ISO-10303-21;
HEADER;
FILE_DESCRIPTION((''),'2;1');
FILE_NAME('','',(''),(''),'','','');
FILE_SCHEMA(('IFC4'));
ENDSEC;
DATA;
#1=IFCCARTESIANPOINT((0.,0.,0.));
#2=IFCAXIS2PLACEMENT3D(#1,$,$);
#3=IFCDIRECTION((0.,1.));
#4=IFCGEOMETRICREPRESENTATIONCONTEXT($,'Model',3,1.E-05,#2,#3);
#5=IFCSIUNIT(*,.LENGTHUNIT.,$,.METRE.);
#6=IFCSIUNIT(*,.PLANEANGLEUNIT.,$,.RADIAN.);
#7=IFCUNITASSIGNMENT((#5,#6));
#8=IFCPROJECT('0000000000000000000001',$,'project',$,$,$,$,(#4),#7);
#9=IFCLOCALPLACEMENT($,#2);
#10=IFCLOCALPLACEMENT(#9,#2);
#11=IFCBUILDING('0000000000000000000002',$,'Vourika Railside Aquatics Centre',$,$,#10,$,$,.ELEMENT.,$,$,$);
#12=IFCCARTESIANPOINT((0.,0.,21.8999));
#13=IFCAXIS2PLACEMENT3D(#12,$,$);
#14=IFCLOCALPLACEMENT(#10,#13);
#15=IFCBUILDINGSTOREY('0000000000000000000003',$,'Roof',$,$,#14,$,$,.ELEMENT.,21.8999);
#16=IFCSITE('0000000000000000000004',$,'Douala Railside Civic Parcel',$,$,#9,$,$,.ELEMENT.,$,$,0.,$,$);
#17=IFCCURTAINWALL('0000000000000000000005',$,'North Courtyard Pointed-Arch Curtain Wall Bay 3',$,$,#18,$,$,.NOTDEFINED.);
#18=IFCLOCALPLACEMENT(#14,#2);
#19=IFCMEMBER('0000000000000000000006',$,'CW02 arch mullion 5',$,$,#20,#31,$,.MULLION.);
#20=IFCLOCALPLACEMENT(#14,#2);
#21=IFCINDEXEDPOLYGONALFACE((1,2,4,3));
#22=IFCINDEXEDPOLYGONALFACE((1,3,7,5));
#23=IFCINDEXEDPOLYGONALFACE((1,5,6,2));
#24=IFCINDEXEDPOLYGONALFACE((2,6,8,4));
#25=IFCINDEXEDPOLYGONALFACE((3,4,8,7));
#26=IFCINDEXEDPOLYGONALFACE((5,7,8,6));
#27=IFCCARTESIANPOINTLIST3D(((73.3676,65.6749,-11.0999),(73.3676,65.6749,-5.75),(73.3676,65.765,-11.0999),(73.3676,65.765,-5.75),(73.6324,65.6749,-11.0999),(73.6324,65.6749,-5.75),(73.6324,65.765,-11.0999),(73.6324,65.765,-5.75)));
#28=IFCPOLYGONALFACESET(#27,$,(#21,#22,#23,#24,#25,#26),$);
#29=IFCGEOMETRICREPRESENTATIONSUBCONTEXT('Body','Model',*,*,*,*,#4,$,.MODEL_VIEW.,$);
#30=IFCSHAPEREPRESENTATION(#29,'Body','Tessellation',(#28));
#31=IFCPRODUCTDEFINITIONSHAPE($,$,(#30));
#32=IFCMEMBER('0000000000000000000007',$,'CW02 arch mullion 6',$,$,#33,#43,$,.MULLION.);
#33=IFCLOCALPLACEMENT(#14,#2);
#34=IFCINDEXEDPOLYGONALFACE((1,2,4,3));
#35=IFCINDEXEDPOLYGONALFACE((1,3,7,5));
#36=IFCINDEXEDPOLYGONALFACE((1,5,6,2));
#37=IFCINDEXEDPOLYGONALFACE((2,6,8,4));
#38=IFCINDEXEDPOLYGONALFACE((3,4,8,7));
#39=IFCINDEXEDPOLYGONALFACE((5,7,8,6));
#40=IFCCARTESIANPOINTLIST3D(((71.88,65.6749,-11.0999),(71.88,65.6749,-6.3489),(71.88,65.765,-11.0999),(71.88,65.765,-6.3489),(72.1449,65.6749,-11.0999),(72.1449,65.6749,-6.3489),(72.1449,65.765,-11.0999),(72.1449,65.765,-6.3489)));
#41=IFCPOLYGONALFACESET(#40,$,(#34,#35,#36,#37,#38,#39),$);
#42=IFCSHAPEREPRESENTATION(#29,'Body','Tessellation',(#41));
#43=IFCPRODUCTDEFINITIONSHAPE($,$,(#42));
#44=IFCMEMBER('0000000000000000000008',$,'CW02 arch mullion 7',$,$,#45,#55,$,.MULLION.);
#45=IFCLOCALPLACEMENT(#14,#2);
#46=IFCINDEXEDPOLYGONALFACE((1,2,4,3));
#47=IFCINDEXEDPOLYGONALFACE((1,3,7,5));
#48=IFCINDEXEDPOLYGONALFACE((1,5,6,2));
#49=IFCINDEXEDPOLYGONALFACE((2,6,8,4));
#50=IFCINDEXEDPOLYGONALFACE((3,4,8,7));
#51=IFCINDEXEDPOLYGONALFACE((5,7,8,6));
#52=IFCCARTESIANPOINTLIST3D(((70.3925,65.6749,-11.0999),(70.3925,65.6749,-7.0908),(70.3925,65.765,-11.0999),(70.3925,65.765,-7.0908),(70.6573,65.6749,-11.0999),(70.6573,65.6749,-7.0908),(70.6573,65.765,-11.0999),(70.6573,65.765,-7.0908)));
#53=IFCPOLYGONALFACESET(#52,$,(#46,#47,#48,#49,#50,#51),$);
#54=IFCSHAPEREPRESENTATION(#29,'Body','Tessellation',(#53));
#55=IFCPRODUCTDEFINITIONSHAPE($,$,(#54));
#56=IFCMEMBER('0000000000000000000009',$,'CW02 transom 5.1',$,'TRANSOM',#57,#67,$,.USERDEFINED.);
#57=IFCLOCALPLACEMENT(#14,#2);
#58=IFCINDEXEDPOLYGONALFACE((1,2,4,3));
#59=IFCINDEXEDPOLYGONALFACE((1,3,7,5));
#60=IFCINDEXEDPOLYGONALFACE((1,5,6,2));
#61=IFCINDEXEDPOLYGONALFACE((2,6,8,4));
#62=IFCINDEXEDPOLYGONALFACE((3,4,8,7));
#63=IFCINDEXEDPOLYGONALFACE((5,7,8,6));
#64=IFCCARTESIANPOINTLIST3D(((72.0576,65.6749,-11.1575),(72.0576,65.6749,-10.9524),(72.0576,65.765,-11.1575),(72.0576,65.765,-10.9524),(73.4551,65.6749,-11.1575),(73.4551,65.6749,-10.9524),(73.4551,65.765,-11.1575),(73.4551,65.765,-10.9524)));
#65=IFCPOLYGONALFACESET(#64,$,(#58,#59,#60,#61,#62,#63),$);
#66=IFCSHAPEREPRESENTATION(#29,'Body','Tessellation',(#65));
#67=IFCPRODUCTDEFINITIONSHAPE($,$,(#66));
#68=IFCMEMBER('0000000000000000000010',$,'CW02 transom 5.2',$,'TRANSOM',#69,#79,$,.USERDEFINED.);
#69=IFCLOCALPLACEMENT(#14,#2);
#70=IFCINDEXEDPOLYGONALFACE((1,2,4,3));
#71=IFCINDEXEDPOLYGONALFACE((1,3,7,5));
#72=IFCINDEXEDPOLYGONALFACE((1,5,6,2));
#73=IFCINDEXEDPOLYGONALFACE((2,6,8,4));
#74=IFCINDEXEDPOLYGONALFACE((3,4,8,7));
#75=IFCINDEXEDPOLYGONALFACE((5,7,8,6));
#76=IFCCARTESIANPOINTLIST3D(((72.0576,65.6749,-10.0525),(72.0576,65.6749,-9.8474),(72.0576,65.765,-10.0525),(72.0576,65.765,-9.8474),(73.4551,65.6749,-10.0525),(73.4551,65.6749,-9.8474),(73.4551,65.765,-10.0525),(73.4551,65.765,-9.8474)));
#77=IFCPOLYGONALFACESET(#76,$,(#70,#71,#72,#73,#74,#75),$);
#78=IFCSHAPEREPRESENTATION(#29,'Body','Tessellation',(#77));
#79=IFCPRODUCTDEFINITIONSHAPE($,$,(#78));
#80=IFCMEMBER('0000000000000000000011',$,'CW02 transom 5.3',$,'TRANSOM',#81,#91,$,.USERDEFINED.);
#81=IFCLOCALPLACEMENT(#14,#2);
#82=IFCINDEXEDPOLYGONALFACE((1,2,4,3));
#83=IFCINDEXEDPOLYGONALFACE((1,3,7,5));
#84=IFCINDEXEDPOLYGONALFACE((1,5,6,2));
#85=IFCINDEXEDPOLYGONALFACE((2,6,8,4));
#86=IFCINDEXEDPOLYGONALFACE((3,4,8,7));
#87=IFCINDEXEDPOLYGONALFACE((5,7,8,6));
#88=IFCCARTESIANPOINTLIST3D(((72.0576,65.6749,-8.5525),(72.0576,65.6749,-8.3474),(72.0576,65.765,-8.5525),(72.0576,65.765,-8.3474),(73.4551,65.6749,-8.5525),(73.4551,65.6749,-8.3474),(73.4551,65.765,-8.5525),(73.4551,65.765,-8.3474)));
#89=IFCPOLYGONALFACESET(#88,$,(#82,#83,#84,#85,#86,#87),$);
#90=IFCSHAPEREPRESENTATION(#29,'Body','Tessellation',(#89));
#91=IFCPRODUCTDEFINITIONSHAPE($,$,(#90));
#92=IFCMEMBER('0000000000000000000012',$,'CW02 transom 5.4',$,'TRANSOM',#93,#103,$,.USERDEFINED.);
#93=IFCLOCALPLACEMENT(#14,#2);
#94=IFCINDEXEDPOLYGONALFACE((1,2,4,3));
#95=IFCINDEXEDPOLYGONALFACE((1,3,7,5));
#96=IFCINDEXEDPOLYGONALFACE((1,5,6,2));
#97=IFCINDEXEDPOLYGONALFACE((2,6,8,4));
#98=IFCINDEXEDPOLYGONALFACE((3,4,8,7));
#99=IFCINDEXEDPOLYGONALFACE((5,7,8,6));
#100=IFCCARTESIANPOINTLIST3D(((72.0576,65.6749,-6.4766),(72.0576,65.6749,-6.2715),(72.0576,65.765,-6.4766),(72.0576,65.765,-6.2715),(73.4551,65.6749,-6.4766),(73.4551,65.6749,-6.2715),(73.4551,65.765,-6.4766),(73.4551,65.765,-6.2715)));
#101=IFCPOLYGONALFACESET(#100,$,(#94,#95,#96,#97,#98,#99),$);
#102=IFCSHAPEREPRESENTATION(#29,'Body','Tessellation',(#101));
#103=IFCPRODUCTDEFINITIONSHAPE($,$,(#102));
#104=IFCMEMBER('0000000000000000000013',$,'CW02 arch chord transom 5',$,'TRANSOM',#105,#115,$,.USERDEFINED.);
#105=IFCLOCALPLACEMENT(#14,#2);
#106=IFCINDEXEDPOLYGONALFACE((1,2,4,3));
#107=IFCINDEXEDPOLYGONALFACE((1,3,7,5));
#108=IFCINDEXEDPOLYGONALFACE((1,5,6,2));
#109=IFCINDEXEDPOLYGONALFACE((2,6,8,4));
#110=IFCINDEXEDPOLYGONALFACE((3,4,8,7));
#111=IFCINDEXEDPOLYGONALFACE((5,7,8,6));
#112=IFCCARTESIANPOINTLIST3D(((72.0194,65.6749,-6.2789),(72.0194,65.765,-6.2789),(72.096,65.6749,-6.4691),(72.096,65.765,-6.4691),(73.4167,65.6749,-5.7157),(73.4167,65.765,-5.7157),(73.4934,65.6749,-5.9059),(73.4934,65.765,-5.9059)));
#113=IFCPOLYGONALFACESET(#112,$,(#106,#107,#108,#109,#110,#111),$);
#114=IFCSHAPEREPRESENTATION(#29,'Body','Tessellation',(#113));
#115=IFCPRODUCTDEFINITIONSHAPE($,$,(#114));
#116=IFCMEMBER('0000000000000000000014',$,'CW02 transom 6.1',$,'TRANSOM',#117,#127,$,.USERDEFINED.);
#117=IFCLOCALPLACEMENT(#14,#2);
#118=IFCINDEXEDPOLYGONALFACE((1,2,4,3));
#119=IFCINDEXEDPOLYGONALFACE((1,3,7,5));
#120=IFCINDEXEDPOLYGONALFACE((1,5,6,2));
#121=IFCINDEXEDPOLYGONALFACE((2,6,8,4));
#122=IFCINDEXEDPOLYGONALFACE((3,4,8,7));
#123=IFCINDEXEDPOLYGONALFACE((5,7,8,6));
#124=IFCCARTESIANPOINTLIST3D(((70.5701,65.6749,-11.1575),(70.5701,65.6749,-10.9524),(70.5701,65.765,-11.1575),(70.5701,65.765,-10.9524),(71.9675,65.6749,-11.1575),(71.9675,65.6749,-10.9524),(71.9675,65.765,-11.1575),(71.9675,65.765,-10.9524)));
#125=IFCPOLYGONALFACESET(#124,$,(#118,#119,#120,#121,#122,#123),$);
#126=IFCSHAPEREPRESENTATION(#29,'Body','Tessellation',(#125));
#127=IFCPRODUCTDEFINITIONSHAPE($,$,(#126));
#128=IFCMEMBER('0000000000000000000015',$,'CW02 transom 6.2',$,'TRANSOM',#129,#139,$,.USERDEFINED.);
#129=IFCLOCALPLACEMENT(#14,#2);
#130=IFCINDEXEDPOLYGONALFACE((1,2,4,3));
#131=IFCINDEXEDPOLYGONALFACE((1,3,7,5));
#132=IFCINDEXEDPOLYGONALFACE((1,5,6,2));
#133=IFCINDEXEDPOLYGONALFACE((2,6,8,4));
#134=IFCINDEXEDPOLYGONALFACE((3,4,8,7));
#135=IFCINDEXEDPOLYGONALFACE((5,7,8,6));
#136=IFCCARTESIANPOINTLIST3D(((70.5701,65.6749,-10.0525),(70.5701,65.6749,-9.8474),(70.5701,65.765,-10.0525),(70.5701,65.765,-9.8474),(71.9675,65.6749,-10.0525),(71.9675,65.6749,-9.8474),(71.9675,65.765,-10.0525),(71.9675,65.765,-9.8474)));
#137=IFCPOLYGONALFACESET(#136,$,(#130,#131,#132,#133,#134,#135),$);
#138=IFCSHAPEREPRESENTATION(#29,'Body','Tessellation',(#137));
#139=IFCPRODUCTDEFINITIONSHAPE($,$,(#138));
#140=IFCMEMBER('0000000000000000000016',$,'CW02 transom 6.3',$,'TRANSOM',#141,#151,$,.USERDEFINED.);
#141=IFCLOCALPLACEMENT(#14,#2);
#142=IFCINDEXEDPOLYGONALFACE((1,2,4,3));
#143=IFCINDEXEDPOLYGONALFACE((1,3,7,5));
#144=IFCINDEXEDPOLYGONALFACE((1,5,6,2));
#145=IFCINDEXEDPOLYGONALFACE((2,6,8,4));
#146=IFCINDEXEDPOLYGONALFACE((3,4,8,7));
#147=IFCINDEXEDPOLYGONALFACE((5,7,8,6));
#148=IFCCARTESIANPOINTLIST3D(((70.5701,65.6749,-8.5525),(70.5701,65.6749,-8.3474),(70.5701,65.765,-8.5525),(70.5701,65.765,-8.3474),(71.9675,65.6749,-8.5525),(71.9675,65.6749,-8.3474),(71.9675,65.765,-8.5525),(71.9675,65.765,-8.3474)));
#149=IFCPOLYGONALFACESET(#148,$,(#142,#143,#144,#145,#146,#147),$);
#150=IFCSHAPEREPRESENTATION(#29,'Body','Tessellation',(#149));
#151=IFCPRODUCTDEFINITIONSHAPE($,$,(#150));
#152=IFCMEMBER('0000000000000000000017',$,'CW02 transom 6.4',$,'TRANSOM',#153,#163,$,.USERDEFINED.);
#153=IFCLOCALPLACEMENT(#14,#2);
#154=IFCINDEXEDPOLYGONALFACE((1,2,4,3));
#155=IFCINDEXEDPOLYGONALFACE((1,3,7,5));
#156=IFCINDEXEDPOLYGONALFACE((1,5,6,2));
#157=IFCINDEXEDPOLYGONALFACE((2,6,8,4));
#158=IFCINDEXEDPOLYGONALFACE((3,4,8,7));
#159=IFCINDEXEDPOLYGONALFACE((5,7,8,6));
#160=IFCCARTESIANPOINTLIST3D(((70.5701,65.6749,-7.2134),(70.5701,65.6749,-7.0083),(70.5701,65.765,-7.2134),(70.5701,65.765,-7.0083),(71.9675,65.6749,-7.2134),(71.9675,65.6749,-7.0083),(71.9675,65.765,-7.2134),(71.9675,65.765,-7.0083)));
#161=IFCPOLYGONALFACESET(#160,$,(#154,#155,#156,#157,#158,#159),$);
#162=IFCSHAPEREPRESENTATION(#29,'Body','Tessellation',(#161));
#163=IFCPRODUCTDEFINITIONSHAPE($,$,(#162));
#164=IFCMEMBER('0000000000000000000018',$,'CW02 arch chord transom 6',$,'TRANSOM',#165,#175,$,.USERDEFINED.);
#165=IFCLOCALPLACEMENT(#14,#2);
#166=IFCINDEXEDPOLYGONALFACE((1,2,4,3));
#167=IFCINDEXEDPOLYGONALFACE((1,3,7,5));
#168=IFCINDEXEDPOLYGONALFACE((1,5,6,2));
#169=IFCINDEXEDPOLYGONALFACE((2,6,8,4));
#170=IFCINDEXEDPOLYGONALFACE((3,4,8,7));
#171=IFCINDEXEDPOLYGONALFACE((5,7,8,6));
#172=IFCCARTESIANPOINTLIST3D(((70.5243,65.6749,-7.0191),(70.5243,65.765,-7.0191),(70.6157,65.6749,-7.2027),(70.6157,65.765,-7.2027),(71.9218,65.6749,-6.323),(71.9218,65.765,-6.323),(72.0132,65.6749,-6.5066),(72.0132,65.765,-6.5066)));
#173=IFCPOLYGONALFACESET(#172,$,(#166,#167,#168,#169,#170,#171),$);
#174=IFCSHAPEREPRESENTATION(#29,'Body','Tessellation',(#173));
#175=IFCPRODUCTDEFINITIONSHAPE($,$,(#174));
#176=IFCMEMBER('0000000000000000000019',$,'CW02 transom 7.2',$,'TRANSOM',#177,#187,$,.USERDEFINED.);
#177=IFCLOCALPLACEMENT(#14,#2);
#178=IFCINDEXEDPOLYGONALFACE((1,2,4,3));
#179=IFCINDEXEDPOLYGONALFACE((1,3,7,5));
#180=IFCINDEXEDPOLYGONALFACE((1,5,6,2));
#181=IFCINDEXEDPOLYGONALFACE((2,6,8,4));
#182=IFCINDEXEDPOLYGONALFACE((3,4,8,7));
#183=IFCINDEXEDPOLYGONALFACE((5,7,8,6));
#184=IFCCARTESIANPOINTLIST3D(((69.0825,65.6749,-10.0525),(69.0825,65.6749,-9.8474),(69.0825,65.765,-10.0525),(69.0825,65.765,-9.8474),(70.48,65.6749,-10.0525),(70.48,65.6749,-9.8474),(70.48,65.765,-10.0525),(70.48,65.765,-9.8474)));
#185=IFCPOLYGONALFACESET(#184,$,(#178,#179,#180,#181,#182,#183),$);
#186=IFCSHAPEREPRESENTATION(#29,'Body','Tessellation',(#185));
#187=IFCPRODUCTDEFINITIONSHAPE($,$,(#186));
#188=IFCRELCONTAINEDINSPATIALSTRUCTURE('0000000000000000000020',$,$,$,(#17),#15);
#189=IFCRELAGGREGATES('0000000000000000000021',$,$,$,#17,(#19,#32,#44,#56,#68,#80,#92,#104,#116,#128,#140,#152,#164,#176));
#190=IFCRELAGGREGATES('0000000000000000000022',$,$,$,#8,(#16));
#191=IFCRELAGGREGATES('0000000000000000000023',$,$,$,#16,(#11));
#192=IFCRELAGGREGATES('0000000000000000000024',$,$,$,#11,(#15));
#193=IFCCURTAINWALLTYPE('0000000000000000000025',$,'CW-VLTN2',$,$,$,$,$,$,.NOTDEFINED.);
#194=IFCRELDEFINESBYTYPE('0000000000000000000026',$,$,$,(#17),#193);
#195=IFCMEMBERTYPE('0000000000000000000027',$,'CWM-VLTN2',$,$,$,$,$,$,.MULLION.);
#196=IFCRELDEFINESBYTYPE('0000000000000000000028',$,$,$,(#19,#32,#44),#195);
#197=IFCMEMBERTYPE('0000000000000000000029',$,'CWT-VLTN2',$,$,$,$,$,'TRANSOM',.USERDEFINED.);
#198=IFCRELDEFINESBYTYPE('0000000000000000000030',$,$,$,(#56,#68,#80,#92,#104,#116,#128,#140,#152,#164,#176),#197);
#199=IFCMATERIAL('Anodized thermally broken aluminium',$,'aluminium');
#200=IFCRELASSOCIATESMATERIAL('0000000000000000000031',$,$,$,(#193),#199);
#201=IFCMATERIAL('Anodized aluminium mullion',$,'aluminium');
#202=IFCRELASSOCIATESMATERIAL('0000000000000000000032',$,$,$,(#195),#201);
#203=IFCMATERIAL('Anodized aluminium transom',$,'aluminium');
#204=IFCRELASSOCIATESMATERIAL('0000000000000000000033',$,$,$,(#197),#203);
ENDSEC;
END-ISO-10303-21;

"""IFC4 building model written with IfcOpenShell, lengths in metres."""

from ifc_helpers import new_model, si_unit, direction, frame, origin, origin_2d, place, context, subcontext, project, spatial, rectangle, extrude, material, material_profile, profile_set, type_object, element, aggregate, save


model = new_model("IFC4")

# Units and contexts
model_context = context("Model", 3, precision=1e-05, world=origin(), true_north=direction((0.0, 1.0)))
body_context = subcontext(model_context, "Body", "Model", "MODEL_VIEW")
ifc_project = project(units=[si_unit("LENGTHUNIT", "METRE"), si_unit("PLANEANGLEUNIT", "RADIAN")], contexts=[model_context])

# Site, building, storey
site_placement = place(None, origin())
site = spatial("IfcSite", under=ifc_project, at=site_placement, Name="Douala Railside Civic Parcel", CompositionType="ELEMENT", RefElevation=0.0)
building_placement = place(site_placement, origin())
building = spatial("IfcBuilding", under=site, at=building_placement, Name="Vourika Railside Aquatics Centre", CompositionType="ELEMENT")
storey_placement = place(building_placement, frame((0.0, 0.0, 21.8999)))
storey = spatial("IfcBuildingStorey", under=building, at=storey_placement, Name="Roof", CompositionType="ELEMENT", Elevation=21.8999)

# Curtain wall, members
ifc_material_1 = material(Name="Anodized thermally broken aluminium", Category="aluminium")
curtain_wall_type = type_object("IfcCurtainWallType", Name="CW-VLTN2", PredefinedType="NOTDEFINED", material=ifc_material_1)
curtain_wall_placement = place(storey_placement, origin())
curtain_wall = element("IfcCurtainWall", 1, at=curtain_wall_placement, inside=storey, type_object=curtain_wall_type, Name="North Courtyard Pointed-Arch Curtain Wall Bay 3", PredefinedType="NOTDEFINED")
ifc_material_2 = material(Name="Anodized aluminium mullion", Category="aluminium")
ifc_material_profile_1 = material_profile(ifc_material_2, rectangle(XDim=0.0901, YDim=0.2649, at=origin_2d()), Name="ALU-M 90x265")
ifc_profile_set_1 = profile_set([ifc_material_profile_1], Name="Anodized aluminium mullion")
member_type_1 = type_object("IfcMemberType", Name="CWM-VLTN2", PredefinedType="MULLION", material=ifc_profile_set_1)
member_1_placement = place(storey_placement, frame((73.5, 65.72, -11.0999), z_axis=(0.0, 0.0, 1.0), x_axis=(0.0, -1.0, 0.0)))
member_1 = element("IfcMember", 2, at=member_1_placement, type_object=member_type_1, Name="CW02 arch mullion 5", PredefinedType="MULLION", context=body_context, shape_type="SweptSolid", body=[
    extrude(rectangle(XDim=0.0901, YDim=0.2649, at=origin_2d()), origin(), (0.0, 0.0, 1.0), 5.3499),
])
member_2_placement = place(storey_placement, frame((72.0125, 65.72, -11.0999), z_axis=(0.0, 0.0, 1.0), x_axis=(0.0, -1.0, 0.0)))
member_2 = element("IfcMember", 3, at=member_2_placement, type_object=member_type_1, Name="CW02 arch mullion 6", PredefinedType="MULLION", context=body_context, shape_type="SweptSolid", body=[
    extrude(rectangle(XDim=0.0901, YDim=0.2649, at=origin_2d()), origin(), (0.0, 0.0, 1.0), 4.751),
])
member_3_placement = place(storey_placement, frame((70.5249, 65.72, -11.0999), z_axis=(0.0, 0.0, 1.0), x_axis=(0.0, -1.0, 0.0)))
member_3 = element("IfcMember", 4, at=member_3_placement, type_object=member_type_1, Name="CW02 arch mullion 7", PredefinedType="MULLION", context=body_context, shape_type="SweptSolid", body=[
    extrude(rectangle(XDim=0.0901, YDim=0.2649, at=origin_2d()), origin(), (0.0, 0.0, 1.0), 4.009),
])
ifc_material_3 = material(Name="Anodized aluminium transom", Category="aluminium")
ifc_material_profile_2 = material_profile(ifc_material_3, rectangle(XDim=0.0901, YDim=0.2051, at=origin_2d()), Name="ALU-T 90x205")
ifc_profile_set_2 = profile_set([ifc_material_profile_2], Name="Anodized aluminium transom")
member_type_2 = type_object("IfcMemberType", Name="CWT-VLTN2", ElementType="TRANSOM", PredefinedType="USERDEFINED", material=ifc_profile_set_2)
member_4_placement = place(storey_placement, frame((73.4551, 65.72, -11.0549), z_axis=(-1.0, 0.0, 0.0), x_axis=(0.0, -1.0, 0.0)))
member_4 = element("IfcMember", 5, at=member_4_placement, type_object=member_type_2, Name="CW02 transom 5.1", ObjectType="TRANSOM", PredefinedType="USERDEFINED", context=body_context, shape_type="SweptSolid", body=[
    extrude(rectangle(XDim=0.0901, YDim=0.2051, at=origin_2d()), origin(), (0.0, 0.0, 1.0), 1.3975),
])
member_5_placement = place(storey_placement, frame((73.4551, 65.72, -9.95), z_axis=(-1.0, 0.0, 0.0), x_axis=(0.0, -1.0, 0.0)))
member_5 = element("IfcMember", 6, at=member_5_placement, type_object=member_type_2, Name="CW02 transom 5.2", ObjectType="TRANSOM", PredefinedType="USERDEFINED", context=body_context, shape_type="SweptSolid", body=[
    extrude(rectangle(XDim=0.0901, YDim=0.2051, at=origin_2d()), origin(), (0.0, 0.0, 1.0), 1.3975),
])
member_6_placement = place(storey_placement, frame((73.4551, 65.72, -8.45), z_axis=(-1.0, 0.0, 0.0), x_axis=(0.0, -1.0, 0.0)))
member_6 = element("IfcMember", 7, at=member_6_placement, type_object=member_type_2, Name="CW02 transom 5.3", ObjectType="TRANSOM", PredefinedType="USERDEFINED", context=body_context, shape_type="SweptSolid", body=[
    extrude(rectangle(XDim=0.0901, YDim=0.2051, at=origin_2d()), origin(), (0.0, 0.0, 1.0), 1.3975),
])
member_7_placement = place(storey_placement, frame((73.4551, 65.72, -6.374), z_axis=(-1.0, 0.0, 0.0), x_axis=(0.0, -1.0, 0.0)))
member_7 = element("IfcMember", 8, at=member_7_placement, type_object=member_type_2, Name="CW02 transom 5.4", ObjectType="TRANSOM", PredefinedType="USERDEFINED", context=body_context, shape_type="SweptSolid", body=[
    extrude(rectangle(XDim=0.0901, YDim=0.2051, at=origin_2d()), origin(), (0.0, 0.0, 1.0), 1.3975),
])
member_8_placement = place(storey_placement, frame((73.4551, 65.72, -5.8108), z_axis=(-0.927501, 0.0, -0.37382), x_axis=(0.0, -1.0, 0.0)))
member_8 = element("IfcMember", 9, at=member_8_placement, type_object=member_type_2, Name="CW02 arch chord transom 5", ObjectType="TRANSOM", PredefinedType="USERDEFINED", context=body_context, shape_type="SweptSolid", body=[
    extrude(rectangle(XDim=0.0901, YDim=0.2051, at=origin_2d()), origin(), (0.0, 0.0, 1.0), 1.5066),
])
member_9_placement = place(storey_placement, frame((71.9675, 65.72, -11.0549), z_axis=(-1.0, 0.0, 0.0), x_axis=(0.0, -1.0, 0.0)))
member_9 = element("IfcMember", 10, at=member_9_placement, type_object=member_type_2, Name="CW02 transom 6.1", ObjectType="TRANSOM", PredefinedType="USERDEFINED", context=body_context, shape_type="SweptSolid", body=[
    extrude(rectangle(XDim=0.0901, YDim=0.2051, at=origin_2d()), origin(), (0.0, 0.0, 1.0), 1.3975),
])
member_10_placement = place(storey_placement, frame((71.9675, 65.72, -9.95), z_axis=(-1.0, 0.0, 0.0), x_axis=(0.0, -1.0, 0.0)))
member_10 = element("IfcMember", 11, at=member_10_placement, type_object=member_type_2, Name="CW02 transom 6.2", ObjectType="TRANSOM", PredefinedType="USERDEFINED", context=body_context, shape_type="SweptSolid", body=[
    extrude(rectangle(XDim=0.0901, YDim=0.2051, at=origin_2d()), origin(), (0.0, 0.0, 1.0), 1.3975),
])
member_11_placement = place(storey_placement, frame((71.9675, 65.72, -8.45), z_axis=(-1.0, 0.0, 0.0), x_axis=(0.0, -1.0, 0.0)))
member_11 = element("IfcMember", 12, at=member_11_placement, type_object=member_type_2, Name="CW02 transom 6.3", ObjectType="TRANSOM", PredefinedType="USERDEFINED", context=body_context, shape_type="SweptSolid", body=[
    extrude(rectangle(XDim=0.0901, YDim=0.2051, at=origin_2d()), origin(), (0.0, 0.0, 1.0), 1.3975),
])
member_12_placement = place(storey_placement, frame((71.9675, 65.72, -7.1108), z_axis=(-1.0, 0.0, 0.0), x_axis=(0.0, -1.0, 0.0)))
member_12 = element("IfcMember", 13, at=member_12_placement, type_object=member_type_2, Name="CW02 transom 6.4", ObjectType="TRANSOM", PredefinedType="USERDEFINED", context=body_context, shape_type="SweptSolid", body=[
    extrude(rectangle(XDim=0.0901, YDim=0.2051, at=origin_2d()), origin(), (0.0, 0.0, 1.0), 1.3975),
])
member_13_placement = place(storey_placement, frame((71.9675, 65.72, -6.4148), z_axis=(-0.895114, 0.0, -0.445837), x_axis=(0.0, -1.0, 0.0)))
member_13 = element("IfcMember", 14, at=member_13_placement, type_object=member_type_2, Name="CW02 arch chord transom 6", ObjectType="TRANSOM", PredefinedType="USERDEFINED", context=body_context, shape_type="SweptSolid", body=[
    extrude(rectangle(XDim=0.0901, YDim=0.2051, at=origin_2d()), origin(), (0.0, 0.0, 1.0), 1.5613),
])
member_14_placement = place(storey_placement, frame((70.48, 65.72, -9.95), z_axis=(-1.0, 0.0, 0.0), x_axis=(0.0, -1.0, 0.0)))
member_14 = element("IfcMember", 15, at=member_14_placement, type_object=member_type_2, Name="CW02 transom 7.2", ObjectType="TRANSOM", PredefinedType="USERDEFINED", context=body_context, shape_type="SweptSolid", body=[
    extrude(rectangle(XDim=0.0901, YDim=0.2051, at=origin_2d()), origin(), (0.0, 0.0, 1.0), 1.3975),
])
aggregate(curtain_wall, [member_1, member_2, member_3, member_4, member_5, member_6, member_7, member_8, member_9, member_10, member_11, member_12, member_13, member_14])

save(model, "model.ifc")
